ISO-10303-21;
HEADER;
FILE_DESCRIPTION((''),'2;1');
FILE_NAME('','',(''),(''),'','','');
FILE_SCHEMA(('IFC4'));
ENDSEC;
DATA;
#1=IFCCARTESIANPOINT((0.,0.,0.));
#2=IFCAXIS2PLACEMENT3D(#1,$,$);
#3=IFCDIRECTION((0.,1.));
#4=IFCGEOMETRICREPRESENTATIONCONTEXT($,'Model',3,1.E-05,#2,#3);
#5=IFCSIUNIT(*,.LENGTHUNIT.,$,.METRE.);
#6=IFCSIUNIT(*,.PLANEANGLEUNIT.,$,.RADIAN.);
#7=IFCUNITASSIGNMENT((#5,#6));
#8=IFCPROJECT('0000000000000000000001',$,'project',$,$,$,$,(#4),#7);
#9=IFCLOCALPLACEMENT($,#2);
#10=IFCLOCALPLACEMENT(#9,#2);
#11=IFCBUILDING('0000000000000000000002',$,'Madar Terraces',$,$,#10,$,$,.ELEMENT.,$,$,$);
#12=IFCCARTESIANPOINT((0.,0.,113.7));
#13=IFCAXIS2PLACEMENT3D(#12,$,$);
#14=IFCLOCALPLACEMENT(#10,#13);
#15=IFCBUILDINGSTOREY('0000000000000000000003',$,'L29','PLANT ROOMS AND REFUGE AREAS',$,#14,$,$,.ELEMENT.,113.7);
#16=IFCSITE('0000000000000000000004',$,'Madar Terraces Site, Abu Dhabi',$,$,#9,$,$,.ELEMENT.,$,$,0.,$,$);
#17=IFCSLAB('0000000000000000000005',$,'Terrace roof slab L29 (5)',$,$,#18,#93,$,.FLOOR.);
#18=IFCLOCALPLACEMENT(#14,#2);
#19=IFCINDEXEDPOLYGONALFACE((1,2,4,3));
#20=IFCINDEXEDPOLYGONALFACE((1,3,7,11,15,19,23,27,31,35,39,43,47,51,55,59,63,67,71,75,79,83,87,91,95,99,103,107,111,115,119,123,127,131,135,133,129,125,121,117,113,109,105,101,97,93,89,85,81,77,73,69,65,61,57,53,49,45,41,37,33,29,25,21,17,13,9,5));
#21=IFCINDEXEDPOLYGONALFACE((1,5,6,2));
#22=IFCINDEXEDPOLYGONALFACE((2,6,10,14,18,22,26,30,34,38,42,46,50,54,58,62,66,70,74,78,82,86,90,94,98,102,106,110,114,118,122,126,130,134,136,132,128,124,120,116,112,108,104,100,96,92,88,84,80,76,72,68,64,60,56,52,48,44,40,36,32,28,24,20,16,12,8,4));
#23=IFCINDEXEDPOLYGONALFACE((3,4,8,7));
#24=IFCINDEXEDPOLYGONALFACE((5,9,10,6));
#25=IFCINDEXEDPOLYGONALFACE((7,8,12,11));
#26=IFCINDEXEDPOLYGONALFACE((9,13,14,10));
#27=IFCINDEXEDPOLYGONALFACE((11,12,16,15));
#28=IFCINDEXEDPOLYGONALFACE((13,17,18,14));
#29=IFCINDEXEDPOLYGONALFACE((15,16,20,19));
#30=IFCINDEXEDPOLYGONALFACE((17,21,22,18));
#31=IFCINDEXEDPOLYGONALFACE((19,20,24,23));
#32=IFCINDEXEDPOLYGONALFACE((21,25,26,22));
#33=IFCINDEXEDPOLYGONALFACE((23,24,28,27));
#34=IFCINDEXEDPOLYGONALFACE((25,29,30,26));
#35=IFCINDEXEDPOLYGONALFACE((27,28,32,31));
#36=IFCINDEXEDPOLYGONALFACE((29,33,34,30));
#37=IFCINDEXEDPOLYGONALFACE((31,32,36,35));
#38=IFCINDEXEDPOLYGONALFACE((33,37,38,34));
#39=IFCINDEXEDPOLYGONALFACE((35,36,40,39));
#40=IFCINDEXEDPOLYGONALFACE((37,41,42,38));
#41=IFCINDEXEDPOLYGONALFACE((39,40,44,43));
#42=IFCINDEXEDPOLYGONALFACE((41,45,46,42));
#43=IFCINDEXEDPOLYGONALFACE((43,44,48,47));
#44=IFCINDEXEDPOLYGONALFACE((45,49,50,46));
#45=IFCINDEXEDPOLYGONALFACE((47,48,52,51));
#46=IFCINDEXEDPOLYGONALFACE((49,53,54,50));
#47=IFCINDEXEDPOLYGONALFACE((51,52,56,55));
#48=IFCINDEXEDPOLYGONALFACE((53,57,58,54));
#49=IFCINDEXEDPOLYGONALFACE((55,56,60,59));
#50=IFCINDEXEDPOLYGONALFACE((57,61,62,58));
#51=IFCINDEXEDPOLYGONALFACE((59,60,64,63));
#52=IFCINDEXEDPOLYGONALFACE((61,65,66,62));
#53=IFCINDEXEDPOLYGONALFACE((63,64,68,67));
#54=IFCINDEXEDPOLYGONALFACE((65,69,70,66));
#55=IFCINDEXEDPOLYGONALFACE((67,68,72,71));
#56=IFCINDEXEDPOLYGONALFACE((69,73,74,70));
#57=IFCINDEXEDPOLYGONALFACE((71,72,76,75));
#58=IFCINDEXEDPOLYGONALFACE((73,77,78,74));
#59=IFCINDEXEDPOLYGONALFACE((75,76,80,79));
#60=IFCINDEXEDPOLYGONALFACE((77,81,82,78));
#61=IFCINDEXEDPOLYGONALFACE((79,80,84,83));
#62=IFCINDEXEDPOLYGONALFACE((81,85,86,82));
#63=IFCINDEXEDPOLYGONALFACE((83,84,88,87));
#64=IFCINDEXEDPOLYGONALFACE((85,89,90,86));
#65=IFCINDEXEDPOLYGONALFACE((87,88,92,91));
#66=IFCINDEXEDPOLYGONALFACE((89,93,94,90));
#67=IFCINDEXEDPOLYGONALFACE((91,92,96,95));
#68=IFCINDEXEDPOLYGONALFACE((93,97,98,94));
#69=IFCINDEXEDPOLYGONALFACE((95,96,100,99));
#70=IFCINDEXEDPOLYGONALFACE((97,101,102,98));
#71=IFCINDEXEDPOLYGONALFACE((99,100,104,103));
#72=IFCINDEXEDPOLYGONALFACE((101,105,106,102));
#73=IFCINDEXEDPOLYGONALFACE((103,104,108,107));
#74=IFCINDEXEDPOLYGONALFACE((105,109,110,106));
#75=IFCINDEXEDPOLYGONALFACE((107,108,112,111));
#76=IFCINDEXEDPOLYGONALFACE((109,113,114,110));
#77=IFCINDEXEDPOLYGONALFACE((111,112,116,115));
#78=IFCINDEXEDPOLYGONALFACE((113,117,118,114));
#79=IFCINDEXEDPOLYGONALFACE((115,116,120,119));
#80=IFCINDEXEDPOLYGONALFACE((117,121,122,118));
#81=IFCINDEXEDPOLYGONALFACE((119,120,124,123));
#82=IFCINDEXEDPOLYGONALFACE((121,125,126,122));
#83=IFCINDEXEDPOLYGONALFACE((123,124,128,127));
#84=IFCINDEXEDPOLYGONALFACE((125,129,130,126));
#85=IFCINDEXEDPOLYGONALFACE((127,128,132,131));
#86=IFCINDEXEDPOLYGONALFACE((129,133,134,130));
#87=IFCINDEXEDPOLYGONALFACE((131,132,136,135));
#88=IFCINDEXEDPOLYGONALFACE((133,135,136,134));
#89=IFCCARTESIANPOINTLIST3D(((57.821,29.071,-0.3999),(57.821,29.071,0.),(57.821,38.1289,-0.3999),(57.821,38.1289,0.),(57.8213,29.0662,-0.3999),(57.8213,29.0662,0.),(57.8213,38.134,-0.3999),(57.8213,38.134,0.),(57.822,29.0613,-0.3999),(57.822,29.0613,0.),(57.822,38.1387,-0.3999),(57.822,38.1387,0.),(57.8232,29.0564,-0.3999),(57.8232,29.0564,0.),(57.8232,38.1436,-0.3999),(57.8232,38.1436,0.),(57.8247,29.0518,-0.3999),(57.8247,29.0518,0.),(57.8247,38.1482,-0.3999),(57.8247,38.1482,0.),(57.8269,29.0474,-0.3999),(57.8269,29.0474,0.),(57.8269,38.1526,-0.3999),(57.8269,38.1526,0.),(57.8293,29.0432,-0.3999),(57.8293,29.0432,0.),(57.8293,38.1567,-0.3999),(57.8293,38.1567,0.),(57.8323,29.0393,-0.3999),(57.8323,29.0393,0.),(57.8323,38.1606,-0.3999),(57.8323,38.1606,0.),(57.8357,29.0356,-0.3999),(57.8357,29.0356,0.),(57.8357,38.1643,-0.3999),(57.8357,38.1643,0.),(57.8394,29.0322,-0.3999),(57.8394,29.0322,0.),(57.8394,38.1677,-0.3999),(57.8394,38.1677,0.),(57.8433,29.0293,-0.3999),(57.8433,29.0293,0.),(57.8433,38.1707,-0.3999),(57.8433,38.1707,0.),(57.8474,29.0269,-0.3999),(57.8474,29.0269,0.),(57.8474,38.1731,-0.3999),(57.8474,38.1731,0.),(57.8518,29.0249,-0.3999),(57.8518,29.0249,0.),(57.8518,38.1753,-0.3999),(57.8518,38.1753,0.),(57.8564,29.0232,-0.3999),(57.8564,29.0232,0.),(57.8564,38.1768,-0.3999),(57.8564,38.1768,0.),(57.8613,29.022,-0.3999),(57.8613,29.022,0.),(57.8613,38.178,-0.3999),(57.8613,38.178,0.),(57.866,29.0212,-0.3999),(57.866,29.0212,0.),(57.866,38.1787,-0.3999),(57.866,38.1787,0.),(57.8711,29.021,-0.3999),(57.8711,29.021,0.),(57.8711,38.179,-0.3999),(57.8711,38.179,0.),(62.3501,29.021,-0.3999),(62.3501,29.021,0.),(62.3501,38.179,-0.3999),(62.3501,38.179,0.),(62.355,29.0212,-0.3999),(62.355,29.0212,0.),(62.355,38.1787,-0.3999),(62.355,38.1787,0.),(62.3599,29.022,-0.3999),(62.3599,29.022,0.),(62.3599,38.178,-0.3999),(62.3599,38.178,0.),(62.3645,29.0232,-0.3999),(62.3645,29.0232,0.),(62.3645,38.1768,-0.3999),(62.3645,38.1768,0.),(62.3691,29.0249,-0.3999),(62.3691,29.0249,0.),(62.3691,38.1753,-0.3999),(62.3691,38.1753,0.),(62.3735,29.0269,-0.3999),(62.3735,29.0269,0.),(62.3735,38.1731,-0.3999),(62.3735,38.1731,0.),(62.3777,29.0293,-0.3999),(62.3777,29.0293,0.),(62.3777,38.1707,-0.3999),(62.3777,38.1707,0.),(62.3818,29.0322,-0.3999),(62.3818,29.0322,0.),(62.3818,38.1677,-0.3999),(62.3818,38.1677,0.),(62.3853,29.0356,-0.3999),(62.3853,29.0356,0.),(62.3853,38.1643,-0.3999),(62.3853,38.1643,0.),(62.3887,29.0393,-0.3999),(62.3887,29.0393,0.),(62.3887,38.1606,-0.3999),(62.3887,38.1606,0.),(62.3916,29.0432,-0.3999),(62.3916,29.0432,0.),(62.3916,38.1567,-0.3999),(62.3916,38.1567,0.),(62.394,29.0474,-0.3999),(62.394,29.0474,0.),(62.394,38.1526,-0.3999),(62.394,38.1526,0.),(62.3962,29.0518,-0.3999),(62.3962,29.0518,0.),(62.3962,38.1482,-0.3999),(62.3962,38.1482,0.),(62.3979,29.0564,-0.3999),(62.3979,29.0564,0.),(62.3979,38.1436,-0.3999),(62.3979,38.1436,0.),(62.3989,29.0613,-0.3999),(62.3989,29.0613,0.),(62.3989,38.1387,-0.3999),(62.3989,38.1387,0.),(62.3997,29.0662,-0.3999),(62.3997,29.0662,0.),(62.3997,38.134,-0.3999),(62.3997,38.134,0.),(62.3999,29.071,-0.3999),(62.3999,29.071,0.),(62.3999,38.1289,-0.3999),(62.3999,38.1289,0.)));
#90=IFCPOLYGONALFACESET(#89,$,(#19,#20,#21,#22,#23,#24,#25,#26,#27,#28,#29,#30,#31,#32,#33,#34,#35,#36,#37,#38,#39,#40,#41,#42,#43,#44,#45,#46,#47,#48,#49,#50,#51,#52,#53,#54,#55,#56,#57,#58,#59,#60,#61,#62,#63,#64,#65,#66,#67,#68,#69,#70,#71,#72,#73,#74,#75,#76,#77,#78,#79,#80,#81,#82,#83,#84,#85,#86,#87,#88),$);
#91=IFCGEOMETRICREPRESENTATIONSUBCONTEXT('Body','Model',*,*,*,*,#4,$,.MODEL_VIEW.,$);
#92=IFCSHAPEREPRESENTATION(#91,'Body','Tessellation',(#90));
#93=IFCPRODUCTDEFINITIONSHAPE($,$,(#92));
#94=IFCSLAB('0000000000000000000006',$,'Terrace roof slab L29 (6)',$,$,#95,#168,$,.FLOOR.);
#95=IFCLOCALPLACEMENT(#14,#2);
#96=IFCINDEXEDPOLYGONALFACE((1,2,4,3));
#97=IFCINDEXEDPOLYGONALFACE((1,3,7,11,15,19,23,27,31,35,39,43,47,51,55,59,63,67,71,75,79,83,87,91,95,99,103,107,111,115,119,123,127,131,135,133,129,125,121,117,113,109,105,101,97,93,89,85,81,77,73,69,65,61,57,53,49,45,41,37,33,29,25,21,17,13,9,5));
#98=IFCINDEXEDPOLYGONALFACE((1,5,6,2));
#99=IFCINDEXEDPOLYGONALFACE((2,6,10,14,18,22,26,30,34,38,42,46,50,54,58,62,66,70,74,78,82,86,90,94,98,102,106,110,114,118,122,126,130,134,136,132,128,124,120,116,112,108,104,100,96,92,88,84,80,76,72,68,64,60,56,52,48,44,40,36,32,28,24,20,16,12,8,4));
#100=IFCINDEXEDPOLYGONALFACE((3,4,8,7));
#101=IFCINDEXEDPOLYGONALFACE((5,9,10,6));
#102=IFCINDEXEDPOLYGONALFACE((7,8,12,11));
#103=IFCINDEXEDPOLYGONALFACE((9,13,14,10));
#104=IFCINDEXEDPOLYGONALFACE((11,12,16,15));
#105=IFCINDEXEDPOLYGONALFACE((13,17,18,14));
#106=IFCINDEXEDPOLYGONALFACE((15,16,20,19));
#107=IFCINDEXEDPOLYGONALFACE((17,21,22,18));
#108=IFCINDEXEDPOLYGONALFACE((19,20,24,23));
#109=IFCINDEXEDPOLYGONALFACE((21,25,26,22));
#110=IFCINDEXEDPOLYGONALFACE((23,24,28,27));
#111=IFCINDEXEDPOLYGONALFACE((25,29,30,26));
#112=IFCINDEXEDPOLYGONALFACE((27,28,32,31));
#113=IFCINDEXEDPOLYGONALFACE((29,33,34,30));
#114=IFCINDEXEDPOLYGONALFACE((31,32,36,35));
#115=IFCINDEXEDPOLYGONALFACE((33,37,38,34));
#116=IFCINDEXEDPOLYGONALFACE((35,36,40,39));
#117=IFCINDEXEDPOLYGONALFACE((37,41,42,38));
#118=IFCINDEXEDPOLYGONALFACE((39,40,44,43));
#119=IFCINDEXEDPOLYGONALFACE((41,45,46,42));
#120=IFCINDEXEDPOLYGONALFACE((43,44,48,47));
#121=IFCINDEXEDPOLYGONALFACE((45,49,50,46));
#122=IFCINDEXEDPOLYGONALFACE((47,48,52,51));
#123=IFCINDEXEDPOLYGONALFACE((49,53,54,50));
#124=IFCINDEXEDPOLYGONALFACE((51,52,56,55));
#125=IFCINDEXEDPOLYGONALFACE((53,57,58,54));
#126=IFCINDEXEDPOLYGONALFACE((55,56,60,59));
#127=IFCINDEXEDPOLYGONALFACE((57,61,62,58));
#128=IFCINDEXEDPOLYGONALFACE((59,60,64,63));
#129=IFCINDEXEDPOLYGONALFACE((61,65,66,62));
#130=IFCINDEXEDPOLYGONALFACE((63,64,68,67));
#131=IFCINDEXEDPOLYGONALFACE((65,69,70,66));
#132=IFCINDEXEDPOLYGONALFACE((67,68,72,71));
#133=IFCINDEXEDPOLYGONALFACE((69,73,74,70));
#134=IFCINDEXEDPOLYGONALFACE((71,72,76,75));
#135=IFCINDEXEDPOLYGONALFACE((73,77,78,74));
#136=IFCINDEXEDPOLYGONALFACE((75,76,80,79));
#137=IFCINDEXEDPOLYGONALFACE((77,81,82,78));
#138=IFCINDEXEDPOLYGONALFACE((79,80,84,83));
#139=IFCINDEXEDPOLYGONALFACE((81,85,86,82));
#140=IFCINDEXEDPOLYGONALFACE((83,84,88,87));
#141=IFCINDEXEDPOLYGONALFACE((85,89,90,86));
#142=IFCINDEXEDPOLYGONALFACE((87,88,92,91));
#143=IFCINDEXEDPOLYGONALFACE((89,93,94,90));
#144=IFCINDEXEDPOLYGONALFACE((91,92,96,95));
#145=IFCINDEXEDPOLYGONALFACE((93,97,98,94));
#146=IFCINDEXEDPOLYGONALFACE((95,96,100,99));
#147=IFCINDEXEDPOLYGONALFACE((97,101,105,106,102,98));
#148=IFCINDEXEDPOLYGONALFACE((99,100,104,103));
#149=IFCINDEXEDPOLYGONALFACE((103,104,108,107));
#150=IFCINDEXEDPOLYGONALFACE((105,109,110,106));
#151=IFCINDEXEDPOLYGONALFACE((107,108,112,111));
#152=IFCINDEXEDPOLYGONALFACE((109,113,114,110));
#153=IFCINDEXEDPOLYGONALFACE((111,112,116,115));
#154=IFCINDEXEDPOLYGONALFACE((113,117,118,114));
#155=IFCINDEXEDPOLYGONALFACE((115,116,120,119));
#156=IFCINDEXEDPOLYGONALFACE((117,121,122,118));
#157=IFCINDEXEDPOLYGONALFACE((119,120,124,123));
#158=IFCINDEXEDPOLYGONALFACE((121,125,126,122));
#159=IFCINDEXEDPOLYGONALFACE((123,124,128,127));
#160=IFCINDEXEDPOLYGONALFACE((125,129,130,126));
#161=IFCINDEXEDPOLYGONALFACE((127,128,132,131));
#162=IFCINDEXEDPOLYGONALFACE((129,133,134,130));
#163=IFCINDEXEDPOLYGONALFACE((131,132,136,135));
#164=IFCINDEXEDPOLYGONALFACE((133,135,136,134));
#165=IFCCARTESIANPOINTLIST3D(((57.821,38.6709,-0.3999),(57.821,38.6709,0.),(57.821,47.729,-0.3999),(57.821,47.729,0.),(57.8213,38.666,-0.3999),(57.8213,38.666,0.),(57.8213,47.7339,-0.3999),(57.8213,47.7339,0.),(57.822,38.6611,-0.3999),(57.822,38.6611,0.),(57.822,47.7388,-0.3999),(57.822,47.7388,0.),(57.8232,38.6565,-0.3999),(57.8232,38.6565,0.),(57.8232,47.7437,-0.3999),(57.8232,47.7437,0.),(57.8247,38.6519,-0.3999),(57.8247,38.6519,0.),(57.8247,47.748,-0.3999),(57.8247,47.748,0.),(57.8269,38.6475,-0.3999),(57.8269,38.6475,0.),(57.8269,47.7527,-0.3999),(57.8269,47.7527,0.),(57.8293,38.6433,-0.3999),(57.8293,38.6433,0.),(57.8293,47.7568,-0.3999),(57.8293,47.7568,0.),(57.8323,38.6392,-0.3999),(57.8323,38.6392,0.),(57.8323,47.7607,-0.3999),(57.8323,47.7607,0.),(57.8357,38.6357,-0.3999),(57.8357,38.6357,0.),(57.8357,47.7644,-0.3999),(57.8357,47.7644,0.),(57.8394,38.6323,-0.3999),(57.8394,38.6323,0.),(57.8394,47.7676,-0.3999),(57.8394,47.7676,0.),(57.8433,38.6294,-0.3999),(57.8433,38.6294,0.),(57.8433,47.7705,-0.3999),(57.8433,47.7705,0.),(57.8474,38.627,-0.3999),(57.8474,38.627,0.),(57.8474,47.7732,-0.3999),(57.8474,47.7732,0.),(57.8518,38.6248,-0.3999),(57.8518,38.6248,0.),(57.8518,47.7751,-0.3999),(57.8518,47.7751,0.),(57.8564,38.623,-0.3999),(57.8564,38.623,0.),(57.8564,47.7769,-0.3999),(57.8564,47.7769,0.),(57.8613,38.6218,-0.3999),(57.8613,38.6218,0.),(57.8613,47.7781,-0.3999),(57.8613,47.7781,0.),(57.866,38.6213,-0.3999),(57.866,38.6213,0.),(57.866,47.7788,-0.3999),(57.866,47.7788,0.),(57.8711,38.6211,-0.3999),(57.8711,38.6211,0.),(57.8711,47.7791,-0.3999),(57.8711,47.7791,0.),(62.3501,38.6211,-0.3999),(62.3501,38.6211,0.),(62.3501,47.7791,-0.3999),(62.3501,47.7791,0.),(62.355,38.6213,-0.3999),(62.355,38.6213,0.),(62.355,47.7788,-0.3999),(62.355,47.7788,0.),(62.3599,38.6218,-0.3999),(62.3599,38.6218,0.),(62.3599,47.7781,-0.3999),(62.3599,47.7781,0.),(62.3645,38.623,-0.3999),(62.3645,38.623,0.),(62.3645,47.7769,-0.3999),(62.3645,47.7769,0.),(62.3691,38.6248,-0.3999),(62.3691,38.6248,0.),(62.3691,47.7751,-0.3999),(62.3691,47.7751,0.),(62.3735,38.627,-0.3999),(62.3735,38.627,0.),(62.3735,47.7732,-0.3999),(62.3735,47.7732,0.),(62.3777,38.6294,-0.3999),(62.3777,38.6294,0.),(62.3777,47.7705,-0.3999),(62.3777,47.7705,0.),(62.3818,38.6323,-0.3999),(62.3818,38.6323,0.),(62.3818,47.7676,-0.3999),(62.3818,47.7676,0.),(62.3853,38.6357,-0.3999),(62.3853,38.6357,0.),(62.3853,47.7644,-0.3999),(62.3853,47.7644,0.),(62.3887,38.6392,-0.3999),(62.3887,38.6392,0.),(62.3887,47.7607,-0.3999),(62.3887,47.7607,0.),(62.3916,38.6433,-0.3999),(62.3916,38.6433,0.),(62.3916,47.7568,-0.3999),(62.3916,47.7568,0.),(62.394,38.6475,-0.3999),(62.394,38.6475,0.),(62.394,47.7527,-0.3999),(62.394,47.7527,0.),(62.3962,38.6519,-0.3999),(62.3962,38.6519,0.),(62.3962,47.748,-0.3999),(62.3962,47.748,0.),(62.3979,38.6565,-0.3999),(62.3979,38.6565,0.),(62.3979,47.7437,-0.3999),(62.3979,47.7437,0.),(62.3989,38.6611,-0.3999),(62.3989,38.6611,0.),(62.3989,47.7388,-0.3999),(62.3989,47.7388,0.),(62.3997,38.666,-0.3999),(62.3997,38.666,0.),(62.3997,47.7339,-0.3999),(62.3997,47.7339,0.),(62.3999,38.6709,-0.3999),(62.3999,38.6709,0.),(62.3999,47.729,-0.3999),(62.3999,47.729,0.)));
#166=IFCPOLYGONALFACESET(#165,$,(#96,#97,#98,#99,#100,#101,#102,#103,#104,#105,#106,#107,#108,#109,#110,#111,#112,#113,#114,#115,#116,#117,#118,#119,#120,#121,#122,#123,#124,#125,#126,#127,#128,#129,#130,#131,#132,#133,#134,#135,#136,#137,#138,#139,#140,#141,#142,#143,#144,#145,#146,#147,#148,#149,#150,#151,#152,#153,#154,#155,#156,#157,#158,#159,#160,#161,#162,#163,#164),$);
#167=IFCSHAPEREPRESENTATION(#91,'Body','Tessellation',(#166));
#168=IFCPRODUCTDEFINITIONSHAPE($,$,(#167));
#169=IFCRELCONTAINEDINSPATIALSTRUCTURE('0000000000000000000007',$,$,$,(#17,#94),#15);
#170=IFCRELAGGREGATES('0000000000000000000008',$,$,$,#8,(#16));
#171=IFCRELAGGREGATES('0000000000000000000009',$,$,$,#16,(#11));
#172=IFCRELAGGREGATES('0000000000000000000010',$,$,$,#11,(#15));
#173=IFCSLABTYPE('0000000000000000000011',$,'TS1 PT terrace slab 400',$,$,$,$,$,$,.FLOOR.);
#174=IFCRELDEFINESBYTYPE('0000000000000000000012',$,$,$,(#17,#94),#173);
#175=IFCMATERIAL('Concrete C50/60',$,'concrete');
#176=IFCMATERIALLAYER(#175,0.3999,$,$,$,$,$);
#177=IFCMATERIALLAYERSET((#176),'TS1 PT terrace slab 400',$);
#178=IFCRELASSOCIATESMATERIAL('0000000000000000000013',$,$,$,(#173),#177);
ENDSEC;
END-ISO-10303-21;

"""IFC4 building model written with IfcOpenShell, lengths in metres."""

from ifc_helpers import new_model, si_unit, direction, frame, origin, place, context, subcontext, project, spatial, polyline, outline, extrude, material, layer, layer_set, type_object, element, save


model = new_model("IFC4")

# Units and contexts
model_context = context("Model", 3, precision=1e-05, world=origin(), true_north=direction((0.0, 1.0)))
body_context = subcontext(model_context, "Body", "Model", "MODEL_VIEW")
ifc_project = project(units=[si_unit("LENGTHUNIT", "METRE"), si_unit("PLANEANGLEUNIT", "RADIAN")], contexts=[model_context])

# Site, building, storey
site_placement = place(None, origin())
site = spatial("IfcSite", under=ifc_project, at=site_placement, Name="Madar Terraces Site, Abu Dhabi", CompositionType="ELEMENT", RefElevation=0.0)
building_placement = place(site_placement, origin())
building = spatial("IfcBuilding", under=site, at=building_placement, Name="Madar Terraces", CompositionType="ELEMENT")
storey_placement = place(building_placement, frame((0.0, 0.0, 113.7)))
storey = spatial("IfcBuildingStorey", under=building, at=storey_placement, Name="L29", Description="PLANT ROOMS AND REFUGE AREAS", CompositionType="ELEMENT", Elevation=113.7)

# Slabs
ifc_material_1 = material(Name="Concrete C50/60", Category="concrete")
ifc_layer_1 = layer(ifc_material_1, 0.3999)
ifc_layer_set_1 = layer_set([ifc_layer_1], Name="TS1 PT terrace slab 400")
slab_type_1 = type_object("IfcSlabType", Name="TS1 PT terrace slab 400", PredefinedType="FLOOR", material=ifc_layer_set_1)
slab_1_placement = place(storey_placement, frame((0.0, 0.0, -0.3999)))
element("IfcSlab", 1, at=slab_1_placement, inside=storey, type_object=slab_type_1, Name="Terrace roof slab L29 (5)", PredefinedType="FLOOR", context=body_context, shape_type="SweptSolid", body=[
    extrude(outline(polyline([(62.3997, 29.0662), (62.3999, 29.071), (62.3999, 38.1289), (62.3997, 38.134), (62.3989, 38.1387), (62.3979, 38.1436), (62.3962, 38.1482), (62.394, 38.1526), (62.3916, 38.1567), (62.3887, 38.1606), (62.3853, 38.1643), (62.3818, 38.1677), (62.3777, 38.1707), (62.3735, 38.1731), (62.3691, 38.1753), (62.3645, 38.1768), (62.3599, 38.178), (62.355, 38.1787), (62.3501, 38.179), (57.8711, 38.179), (57.866, 38.1787), (57.8613, 38.178), (57.8564, 38.1768), (57.8518, 38.1753), (57.8474, 38.1731), (57.8433, 38.1707), (57.8394, 38.1677), (57.8357, 38.1643), (57.8323, 38.1606), (57.8293, 38.1567), (57.8269, 38.1526), (57.8247, 38.1482), (57.8232, 38.1436), (57.822, 38.1387), (57.8213, 38.134), (57.821, 38.1289), (57.821, 29.071), (57.8213, 29.0662), (57.822, 29.0613), (57.8232, 29.0564), (57.8247, 29.0518), (57.8269, 29.0474), (57.8293, 29.0432), (57.8323, 29.0393), (57.8357, 29.0356), (57.8394, 29.0322), (57.8433, 29.0293), (57.8474, 29.0269), (57.8518, 29.0249), (57.8564, 29.0232), (57.8613, 29.022), (57.866, 29.0212), (57.8711, 29.021), (62.3501, 29.021), (62.355, 29.0212), (62.3599, 29.022), (62.3645, 29.0232), (62.3691, 29.0249), (62.3735, 29.0269), (62.3777, 29.0293), (62.3818, 29.0322), (62.3853, 29.0356), (62.3887, 29.0393), (62.3916, 29.0432), (62.394, 29.0474), (62.3962, 29.0518), (62.3979, 29.0564), (62.3989, 29.0613), (62.3997, 29.0662)])), origin(), (0.0, 0.0, 1.0), 0.3999),
])
slab_2_placement = place(storey_placement, frame((0.0, 0.0, -0.3999)))
element("IfcSlab", 2, at=slab_2_placement, inside=storey, type_object=slab_type_1, Name="Terrace roof slab L29 (6)", PredefinedType="FLOOR", context=body_context, shape_type="SweptSolid", body=[
    extrude(outline(polyline([(62.3989, 38.6611), (62.3997, 38.666), (62.3999, 38.6709), (62.3999, 47.729), (62.3997, 47.7339), (62.3989, 47.7388), (62.3979, 47.7437), (62.3962, 47.748), (62.394, 47.7527), (62.3916, 47.7568), (62.3887, 47.7607), (62.3853, 47.7644), (62.3818, 47.7676), (62.3777, 47.7705), (62.3735, 47.7732), (62.3691, 47.7751), (62.3645, 47.7769), (62.3599, 47.7781), (62.355, 47.7788), (62.3501, 47.7791), (57.8711, 47.7791), (57.866, 47.7788), (57.8613, 47.7781), (57.8564, 47.7769), (57.8518, 47.7751), (57.8474, 47.7732), (57.8433, 47.7705), (57.8394, 47.7676), (57.8357, 47.7644), (57.8323, 47.7607), (57.8293, 47.7568), (57.8269, 47.7527), (57.8247, 47.748), (57.8232, 47.7437), (57.822, 47.7388), (57.8213, 47.7339), (57.821, 47.729), (57.821, 38.6709), (57.8213, 38.666), (57.822, 38.6611), (57.8232, 38.6565), (57.8247, 38.6519), (57.8269, 38.6475), (57.8293, 38.6433), (57.8323, 38.6392), (57.8357, 38.6357), (57.8394, 38.6323), (57.8433, 38.6294), (57.8474, 38.627), (57.8518, 38.6248), (57.8564, 38.623), (57.8613, 38.6218), (57.866, 38.6213), (57.8711, 38.6211), (62.3501, 38.6211), (62.355, 38.6213), (62.3599, 38.6218), (62.3645, 38.623), (62.3691, 38.6248), (62.3735, 38.627), (62.3777, 38.6294), (62.3818, 38.6323), (62.3853, 38.6357), (62.3887, 38.6392), (62.3916, 38.6433), (62.394, 38.6475), (62.3962, 38.6519), (62.3979, 38.6565), (62.3989, 38.6611)])), origin(), (0.0, 0.0, 1.0), 0.3999),
])

save(model, "model.ifc")
